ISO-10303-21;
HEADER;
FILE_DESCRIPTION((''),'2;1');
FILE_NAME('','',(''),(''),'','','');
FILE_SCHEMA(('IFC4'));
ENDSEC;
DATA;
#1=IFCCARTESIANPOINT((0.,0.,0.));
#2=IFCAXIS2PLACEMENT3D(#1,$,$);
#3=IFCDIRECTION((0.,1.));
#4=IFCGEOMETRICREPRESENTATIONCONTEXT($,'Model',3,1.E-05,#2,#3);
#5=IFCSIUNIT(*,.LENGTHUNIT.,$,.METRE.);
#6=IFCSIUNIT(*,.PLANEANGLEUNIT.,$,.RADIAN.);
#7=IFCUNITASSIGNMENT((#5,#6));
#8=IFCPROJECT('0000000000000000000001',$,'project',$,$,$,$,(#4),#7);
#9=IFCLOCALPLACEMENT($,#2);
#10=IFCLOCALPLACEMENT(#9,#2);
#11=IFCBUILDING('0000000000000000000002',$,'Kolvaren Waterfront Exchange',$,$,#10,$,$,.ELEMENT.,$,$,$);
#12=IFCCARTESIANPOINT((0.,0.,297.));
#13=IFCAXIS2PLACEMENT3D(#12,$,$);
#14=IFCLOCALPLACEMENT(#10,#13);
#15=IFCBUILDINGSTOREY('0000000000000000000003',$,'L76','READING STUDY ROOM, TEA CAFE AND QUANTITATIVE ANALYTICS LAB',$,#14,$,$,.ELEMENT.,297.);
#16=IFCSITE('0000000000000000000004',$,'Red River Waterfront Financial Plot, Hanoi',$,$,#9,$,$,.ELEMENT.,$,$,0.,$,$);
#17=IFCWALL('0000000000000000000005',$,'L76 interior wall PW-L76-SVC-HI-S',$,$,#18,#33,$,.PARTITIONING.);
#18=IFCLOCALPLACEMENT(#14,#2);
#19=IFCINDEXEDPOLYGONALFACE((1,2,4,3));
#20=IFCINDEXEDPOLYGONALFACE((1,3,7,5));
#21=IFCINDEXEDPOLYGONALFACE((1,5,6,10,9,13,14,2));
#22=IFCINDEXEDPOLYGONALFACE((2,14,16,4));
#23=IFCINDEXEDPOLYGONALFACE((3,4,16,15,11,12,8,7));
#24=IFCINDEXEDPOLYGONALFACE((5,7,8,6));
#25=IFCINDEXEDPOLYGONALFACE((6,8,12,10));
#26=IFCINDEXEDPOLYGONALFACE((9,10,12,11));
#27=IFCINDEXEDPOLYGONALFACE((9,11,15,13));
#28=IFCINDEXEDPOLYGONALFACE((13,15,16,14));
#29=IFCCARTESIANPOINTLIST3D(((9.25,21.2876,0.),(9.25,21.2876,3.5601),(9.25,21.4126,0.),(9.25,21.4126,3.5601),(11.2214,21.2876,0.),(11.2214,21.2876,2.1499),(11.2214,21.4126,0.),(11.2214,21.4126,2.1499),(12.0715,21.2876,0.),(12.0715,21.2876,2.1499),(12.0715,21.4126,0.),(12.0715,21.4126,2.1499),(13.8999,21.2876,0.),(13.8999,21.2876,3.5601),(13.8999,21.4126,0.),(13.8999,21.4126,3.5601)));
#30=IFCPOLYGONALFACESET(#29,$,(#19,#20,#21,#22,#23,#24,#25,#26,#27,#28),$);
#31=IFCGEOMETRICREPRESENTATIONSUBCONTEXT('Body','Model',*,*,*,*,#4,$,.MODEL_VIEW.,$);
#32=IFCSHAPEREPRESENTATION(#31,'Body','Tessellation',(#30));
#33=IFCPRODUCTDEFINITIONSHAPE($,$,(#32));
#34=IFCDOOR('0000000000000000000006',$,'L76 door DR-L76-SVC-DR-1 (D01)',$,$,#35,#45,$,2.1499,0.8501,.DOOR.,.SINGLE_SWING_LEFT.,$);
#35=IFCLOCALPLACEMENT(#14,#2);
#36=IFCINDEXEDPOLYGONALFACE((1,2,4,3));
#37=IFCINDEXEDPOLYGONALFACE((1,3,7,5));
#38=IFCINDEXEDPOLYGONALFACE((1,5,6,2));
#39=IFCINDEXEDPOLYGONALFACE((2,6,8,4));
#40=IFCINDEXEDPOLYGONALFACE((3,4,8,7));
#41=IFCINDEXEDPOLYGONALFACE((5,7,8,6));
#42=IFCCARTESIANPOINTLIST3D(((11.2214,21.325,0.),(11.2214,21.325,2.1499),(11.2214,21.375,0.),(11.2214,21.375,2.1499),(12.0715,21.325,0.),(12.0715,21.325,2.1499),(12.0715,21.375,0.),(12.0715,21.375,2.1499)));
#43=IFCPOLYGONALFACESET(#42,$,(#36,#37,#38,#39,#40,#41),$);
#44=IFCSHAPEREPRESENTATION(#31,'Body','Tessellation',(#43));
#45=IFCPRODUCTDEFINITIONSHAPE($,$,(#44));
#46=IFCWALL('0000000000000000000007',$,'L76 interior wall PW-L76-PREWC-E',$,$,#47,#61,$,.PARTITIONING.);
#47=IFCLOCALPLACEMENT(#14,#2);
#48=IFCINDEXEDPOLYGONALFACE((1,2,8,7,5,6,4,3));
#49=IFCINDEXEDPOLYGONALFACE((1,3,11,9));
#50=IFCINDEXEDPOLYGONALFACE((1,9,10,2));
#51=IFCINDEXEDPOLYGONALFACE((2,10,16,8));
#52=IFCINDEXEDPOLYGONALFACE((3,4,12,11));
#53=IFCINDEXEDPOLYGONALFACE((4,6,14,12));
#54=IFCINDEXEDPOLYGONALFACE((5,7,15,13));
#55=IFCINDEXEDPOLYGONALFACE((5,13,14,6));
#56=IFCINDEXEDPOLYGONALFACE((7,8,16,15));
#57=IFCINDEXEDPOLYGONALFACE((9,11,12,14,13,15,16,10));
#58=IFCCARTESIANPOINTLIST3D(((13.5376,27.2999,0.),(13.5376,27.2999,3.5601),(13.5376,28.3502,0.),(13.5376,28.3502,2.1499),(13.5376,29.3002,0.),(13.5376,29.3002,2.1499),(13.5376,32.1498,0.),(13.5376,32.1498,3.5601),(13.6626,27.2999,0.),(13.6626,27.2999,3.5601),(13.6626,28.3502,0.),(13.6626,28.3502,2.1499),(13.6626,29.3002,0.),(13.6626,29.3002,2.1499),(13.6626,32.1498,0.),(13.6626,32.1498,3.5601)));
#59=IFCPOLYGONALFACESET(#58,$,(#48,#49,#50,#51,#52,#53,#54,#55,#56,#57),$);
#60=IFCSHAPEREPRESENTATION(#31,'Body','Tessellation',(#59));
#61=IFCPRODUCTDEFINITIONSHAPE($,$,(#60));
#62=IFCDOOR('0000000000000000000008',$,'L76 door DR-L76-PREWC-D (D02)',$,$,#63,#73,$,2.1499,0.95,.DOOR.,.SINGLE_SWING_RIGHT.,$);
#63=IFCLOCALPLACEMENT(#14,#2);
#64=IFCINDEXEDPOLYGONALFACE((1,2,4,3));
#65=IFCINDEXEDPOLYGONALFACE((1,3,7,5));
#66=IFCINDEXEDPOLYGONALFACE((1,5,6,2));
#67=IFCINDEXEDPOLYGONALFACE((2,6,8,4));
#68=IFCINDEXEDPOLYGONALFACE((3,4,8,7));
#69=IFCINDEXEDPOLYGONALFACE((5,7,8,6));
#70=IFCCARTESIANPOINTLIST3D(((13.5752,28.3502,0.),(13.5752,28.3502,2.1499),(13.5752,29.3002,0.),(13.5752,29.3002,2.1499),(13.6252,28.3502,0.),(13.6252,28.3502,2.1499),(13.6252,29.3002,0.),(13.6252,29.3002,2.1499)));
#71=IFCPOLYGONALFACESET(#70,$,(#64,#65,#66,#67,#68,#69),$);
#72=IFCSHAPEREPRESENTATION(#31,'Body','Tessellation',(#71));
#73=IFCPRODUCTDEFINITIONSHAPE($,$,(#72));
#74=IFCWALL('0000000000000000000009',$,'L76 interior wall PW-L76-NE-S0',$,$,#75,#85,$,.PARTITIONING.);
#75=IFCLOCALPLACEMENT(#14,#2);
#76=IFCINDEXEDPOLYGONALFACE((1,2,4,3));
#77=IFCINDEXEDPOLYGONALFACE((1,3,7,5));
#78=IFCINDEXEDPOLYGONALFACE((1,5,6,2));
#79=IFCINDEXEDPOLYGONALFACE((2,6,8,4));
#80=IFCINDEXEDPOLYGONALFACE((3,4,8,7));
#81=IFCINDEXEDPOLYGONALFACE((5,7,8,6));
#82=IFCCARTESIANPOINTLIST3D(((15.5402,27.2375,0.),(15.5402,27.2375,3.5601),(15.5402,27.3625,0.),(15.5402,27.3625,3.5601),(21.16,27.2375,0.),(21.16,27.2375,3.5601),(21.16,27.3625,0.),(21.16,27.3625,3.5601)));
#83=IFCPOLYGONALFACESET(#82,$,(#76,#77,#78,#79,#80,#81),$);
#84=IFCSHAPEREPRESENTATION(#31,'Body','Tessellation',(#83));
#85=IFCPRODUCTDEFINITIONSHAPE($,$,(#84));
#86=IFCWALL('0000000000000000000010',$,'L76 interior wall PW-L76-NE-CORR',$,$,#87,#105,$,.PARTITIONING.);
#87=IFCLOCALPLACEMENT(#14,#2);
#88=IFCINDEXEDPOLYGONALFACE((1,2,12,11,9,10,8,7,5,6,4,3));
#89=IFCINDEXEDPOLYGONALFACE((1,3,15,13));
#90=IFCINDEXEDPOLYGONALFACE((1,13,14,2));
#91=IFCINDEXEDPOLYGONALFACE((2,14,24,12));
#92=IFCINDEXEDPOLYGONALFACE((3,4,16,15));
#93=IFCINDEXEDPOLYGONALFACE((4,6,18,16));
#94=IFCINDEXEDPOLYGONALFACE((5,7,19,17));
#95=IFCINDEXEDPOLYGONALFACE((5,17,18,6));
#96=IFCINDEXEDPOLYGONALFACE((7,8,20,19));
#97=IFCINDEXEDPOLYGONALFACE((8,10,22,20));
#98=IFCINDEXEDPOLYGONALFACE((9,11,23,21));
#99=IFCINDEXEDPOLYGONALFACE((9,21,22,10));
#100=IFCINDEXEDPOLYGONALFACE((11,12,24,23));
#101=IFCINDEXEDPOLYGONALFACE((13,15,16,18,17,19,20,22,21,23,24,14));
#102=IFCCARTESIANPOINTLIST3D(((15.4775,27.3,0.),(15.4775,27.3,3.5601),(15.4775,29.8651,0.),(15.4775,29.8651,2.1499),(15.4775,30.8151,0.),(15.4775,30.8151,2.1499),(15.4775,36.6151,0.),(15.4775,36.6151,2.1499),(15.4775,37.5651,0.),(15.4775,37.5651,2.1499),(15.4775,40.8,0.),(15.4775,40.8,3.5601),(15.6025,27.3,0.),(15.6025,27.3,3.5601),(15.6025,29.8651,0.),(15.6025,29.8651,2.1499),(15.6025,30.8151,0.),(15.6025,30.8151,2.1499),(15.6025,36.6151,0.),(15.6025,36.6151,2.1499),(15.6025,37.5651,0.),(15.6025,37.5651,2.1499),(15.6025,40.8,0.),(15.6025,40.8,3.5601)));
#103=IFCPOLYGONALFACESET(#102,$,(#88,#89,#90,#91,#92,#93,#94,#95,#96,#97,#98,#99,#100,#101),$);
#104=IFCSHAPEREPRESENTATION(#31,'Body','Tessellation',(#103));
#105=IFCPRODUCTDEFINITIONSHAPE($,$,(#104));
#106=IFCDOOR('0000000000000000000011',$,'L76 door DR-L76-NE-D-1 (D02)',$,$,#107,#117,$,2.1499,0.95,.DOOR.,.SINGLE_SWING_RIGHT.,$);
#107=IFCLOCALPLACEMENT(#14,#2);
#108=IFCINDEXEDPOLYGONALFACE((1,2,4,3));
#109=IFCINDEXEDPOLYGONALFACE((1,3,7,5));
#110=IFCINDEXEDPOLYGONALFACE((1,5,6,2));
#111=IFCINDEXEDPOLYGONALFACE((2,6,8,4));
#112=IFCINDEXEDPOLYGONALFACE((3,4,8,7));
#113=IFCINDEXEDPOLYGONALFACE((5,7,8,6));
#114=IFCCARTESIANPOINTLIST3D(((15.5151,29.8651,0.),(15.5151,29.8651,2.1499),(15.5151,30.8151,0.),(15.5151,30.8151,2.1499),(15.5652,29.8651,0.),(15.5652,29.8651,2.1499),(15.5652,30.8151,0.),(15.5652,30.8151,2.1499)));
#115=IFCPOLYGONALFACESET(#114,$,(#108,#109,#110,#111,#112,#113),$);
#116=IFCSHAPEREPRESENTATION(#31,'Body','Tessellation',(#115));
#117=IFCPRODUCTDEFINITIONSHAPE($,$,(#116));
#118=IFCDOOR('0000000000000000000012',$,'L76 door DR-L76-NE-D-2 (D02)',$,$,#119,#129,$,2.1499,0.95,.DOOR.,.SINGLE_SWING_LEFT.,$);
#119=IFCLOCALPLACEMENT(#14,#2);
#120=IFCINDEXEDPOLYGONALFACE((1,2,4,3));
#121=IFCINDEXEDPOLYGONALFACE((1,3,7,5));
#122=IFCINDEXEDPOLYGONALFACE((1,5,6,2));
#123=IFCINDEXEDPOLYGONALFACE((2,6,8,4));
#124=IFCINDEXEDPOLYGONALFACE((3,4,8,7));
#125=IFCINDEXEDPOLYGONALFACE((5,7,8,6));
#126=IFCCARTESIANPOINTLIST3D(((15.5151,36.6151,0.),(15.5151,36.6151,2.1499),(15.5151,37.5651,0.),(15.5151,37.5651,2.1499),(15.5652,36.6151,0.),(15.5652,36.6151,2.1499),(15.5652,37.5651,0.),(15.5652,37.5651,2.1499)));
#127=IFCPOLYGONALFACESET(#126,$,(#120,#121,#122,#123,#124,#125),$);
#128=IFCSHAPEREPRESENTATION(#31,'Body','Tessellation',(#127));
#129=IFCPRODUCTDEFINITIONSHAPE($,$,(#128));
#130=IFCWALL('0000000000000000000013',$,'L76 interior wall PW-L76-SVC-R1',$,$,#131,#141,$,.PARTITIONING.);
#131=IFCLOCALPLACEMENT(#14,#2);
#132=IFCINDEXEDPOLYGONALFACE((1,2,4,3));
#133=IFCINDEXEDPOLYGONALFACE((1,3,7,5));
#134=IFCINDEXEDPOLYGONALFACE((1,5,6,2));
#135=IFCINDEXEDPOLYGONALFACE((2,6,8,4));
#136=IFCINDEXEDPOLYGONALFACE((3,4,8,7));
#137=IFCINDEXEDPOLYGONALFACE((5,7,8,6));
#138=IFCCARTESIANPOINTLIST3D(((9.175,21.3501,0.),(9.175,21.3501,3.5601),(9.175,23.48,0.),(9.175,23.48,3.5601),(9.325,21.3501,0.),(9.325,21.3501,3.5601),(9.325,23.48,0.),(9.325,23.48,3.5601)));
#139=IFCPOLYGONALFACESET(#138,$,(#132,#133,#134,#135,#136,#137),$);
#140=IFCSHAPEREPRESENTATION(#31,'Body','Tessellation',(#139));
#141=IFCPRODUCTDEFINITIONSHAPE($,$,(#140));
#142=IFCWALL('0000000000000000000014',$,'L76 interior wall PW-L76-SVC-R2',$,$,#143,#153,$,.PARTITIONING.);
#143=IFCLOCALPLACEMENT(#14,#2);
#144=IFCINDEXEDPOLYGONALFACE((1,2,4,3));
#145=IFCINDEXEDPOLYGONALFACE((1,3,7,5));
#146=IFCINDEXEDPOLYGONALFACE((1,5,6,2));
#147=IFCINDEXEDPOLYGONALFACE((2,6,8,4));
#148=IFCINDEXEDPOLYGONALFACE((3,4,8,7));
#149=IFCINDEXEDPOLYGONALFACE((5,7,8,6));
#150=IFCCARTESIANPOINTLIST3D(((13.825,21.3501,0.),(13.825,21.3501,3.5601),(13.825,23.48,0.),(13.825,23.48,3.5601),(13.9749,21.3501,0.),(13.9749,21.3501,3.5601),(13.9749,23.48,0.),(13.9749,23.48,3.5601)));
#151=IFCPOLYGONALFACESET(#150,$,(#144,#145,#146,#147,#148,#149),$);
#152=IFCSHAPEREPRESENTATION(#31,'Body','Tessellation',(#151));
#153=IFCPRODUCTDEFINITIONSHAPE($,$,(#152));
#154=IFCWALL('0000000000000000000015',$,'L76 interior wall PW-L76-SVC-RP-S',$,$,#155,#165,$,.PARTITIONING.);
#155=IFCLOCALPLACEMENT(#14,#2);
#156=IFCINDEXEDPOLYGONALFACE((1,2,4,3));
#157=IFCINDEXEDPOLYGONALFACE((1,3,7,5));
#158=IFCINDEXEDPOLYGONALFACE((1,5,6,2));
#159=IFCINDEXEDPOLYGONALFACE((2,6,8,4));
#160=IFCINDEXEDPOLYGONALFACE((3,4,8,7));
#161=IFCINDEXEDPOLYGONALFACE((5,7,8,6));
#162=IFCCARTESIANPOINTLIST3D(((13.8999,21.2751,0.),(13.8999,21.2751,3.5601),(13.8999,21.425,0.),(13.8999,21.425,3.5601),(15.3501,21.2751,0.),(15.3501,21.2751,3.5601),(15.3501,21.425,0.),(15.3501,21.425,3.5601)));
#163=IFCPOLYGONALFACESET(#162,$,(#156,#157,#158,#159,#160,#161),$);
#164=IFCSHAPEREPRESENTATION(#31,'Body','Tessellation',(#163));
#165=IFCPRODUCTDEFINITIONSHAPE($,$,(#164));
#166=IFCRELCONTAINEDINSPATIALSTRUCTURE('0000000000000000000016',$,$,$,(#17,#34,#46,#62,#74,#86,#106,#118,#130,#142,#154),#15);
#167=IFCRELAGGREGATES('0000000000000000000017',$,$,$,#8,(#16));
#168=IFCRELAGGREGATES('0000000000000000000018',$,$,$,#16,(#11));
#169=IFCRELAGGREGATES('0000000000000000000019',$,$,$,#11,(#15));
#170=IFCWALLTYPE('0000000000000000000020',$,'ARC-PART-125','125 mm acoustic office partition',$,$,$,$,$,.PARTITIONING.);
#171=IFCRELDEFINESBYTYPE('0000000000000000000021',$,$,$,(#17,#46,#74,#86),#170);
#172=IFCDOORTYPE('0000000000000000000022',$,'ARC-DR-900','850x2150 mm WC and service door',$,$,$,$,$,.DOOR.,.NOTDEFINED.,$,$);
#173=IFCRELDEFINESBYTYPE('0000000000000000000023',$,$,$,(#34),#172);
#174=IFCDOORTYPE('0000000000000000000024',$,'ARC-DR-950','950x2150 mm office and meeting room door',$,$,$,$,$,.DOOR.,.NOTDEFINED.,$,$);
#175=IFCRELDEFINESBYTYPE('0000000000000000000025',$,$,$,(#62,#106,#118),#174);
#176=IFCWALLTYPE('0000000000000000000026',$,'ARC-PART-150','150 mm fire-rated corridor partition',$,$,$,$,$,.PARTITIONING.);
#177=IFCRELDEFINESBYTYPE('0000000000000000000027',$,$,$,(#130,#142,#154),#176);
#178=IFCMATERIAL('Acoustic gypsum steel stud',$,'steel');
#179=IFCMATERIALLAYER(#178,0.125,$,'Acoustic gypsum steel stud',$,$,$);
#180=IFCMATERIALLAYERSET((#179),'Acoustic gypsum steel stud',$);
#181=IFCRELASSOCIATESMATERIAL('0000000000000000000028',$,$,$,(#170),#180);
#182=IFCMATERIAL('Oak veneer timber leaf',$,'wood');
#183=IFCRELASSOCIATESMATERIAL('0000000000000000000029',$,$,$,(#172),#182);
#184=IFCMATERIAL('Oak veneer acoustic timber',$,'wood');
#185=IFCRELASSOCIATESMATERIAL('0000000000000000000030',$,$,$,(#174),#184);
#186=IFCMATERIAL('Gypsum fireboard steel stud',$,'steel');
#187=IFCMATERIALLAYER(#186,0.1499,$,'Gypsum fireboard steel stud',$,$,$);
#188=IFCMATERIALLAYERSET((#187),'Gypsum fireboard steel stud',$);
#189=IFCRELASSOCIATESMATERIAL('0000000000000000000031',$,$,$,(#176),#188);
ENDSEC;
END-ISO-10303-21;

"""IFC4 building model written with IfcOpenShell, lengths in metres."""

from ifc_helpers import new_model, si_unit, direction, frame, frame_2d, origin, place, context, subcontext, project, spatial, rectangle, extrude, material, layer, layer_set, type_object, element, fill, save


model = new_model("IFC4")

# Units and contexts
model_context = context("Model", 3, precision=1e-05, world=origin(), true_north=direction((0.0, 1.0)))
body_context = subcontext(model_context, "Body", "Model", "MODEL_VIEW")
ifc_project = project(units=[si_unit("LENGTHUNIT", "METRE"), si_unit("PLANEANGLEUNIT", "RADIAN")], contexts=[model_context])

# Site, building, storey
site_placement = place(None, origin())
site = spatial("IfcSite", under=ifc_project, at=site_placement, Name="Red River Waterfront Financial Plot, Hanoi", CompositionType="ELEMENT", RefElevation=0.0)
building_placement = place(site_placement, origin())
building = spatial("IfcBuilding", under=site, at=building_placement, Name="Kolvaren Waterfront Exchange", CompositionType="ELEMENT")
storey_placement = place(building_placement, frame((0.0, 0.0, 297.0)))
storey = spatial("IfcBuildingStorey", under=building, at=storey_placement, Name="L76", Description="READING STUDY ROOM, TEA CAFE AND QUANTITATIVE ANALYTICS LAB", CompositionType="ELEMENT", Elevation=297.0)

# Walls, openings, doors
ifc_material_1 = material(Name="Acoustic gypsum steel stud", Category="steel")
ifc_layer_1 = layer(ifc_material_1, 0.125, Name="Acoustic gypsum steel stud")
ifc_layer_set_1 = layer_set([ifc_layer_1], Name="Acoustic gypsum steel stud")
wall_type_1 = type_object("IfcWallType", Name="ARC-PART-125", Description="125 mm acoustic office partition", PredefinedType="PARTITIONING", material=ifc_layer_set_1)
wall_1_placement = place(storey_placement, frame((9.25, 21.3501, 0.0), z_axis=(0.0, 0.0, 1.0), x_axis=(1.0, 0.0, 0.0)))
wall_1 = element("IfcWall", 1, at=wall_1_placement, inside=storey, type_object=wall_type_1, Name="L76 interior wall PW-L76-SVC-HI-S", PredefinedType="PARTITIONING", context=body_context, shape_type="SweptSolid", body=[
    extrude(rectangle(XDim=4.6499, YDim=0.125, at=frame_2d((2.325, 0.0))), origin(), (0.0, 0.0, 1.0), 3.5601),
])
opening_1_placement = place(wall_1_placement, frame((1.9714, 0.0, 0.0)))
opening_1 = element("IfcOpeningElement", 2, at=opening_1_placement, cuts=wall_1, PredefinedType="OPENING", context=body_context, shape_type="SweptSolid", body=[
    extrude(rectangle(XDim=0.8501, YDim=2.1499, at=frame_2d((0.425, 1.075))), frame((0.0, 0.0725, 0.0), z_axis=(0.0, -1.0, 0.0), x_axis=(1.0, 0.0, 0.0)), (0.0, 0.0, 1.0), 0.145),
])
ifc_material_2 = material(Name="Oak veneer timber leaf", Category="wood")
door_type_1 = type_object("IfcDoorType", Name="ARC-DR-900", Description="850x2150 mm WC and service door", OperationType="NOTDEFINED", PredefinedType="DOOR", material=ifc_material_2)
door_1_placement = place(opening_1_placement, origin())
door_1 = element("IfcDoor", 3, at=door_1_placement, inside=storey, type_object=door_type_1, Name="L76 door DR-L76-SVC-DR-1 (D01)", OperationType="SINGLE_SWING_LEFT", OverallHeight=2.1499, OverallWidth=0.8501, PredefinedType="DOOR", context=body_context, shape_type="SweptSolid", body=[
    extrude(rectangle(XDim=0.8501, YDim=2.1499, at=frame_2d((0.425, 1.075))), frame((0.0, 0.0249, 0.0), z_axis=(0.0, -1.0, 0.0), x_axis=(1.0, 0.0, 0.0)), (0.0, 0.0, 1.0), 0.05),
])
fill(opening_1, door_1)
wall_2_placement = place(storey_placement, frame((13.6001, 27.3, 0.0), z_axis=(0.0, 0.0, 1.0), x_axis=(0.0, 1.0, 0.0)))
wall_2 = element("IfcWall", 4, at=wall_2_placement, inside=storey, type_object=wall_type_1, Name="L76 interior wall PW-L76-PREWC-E", PredefinedType="PARTITIONING", context=body_context, shape_type="SweptSolid", body=[
    extrude(rectangle(XDim=4.8499, YDim=0.125, at=frame_2d((2.4248, 0.0))), origin(), (0.0, 0.0, 1.0), 3.5601),
])
opening_2_placement = place(wall_2_placement, frame((1.05, 0.0, 0.0)))
opening_2 = element("IfcOpeningElement", 5, at=opening_2_placement, cuts=wall_2, PredefinedType="OPENING", context=body_context, shape_type="SweptSolid", body=[
    extrude(rectangle(XDim=0.95, YDim=2.1499, at=frame_2d((0.4751, 1.075))), frame((0.0, 0.0725, 0.0), z_axis=(0.0, -1.0, 0.0), x_axis=(1.0, 0.0, 0.0)), (0.0, 0.0, 1.0), 0.145),
])
ifc_material_3 = material(Name="Oak veneer acoustic timber", Category="wood")
door_type_2 = type_object("IfcDoorType", Name="ARC-DR-950", Description="950x2150 mm office and meeting room door", OperationType="NOTDEFINED", PredefinedType="DOOR", material=ifc_material_3)
door_2_placement = place(opening_2_placement, origin())
door_2 = element("IfcDoor", 6, at=door_2_placement, inside=storey, type_object=door_type_2, Name="L76 door DR-L76-PREWC-D (D02)", OperationType="SINGLE_SWING_RIGHT", OverallHeight=2.1499, OverallWidth=0.95, PredefinedType="DOOR", context=body_context, shape_type="SweptSolid", body=[
    extrude(rectangle(XDim=0.95, YDim=2.1499, at=frame_2d((0.4751, 1.075))), frame((0.0, 0.0249, 0.0), z_axis=(0.0, -1.0, 0.0), x_axis=(1.0, 0.0, 0.0)), (0.0, 0.0, 1.0), 0.05),
])
fill(opening_2, door_2)

# Wall
wall_3_placement = place(storey_placement, frame((15.54, 27.3, 0.0), z_axis=(0.0, 0.0, 1.0), x_axis=(1.0, 0.0, 0.0)))
element("IfcWall", 7, at=wall_3_placement, inside=storey, type_object=wall_type_1, Name="L76 interior wall PW-L76-NE-S0", PredefinedType="PARTITIONING", context=body_context, shape_type="SweptSolid", body=[
    extrude(rectangle(XDim=5.6199, YDim=0.125, at=frame_2d((2.8101, 0.0))), origin(), (0.0, 0.0, 1.0), 3.5601),
])

# Wall, openings, doors
wall_4_placement = place(storey_placement, frame((15.54, 27.3, 0.0), z_axis=(0.0, 0.0, 1.0), x_axis=(0.0, 1.0, 0.0)))
wall_4 = element("IfcWall", 8, at=wall_4_placement, inside=storey, type_object=wall_type_1, Name="L76 interior wall PW-L76-NE-CORR", PredefinedType="PARTITIONING", context=body_context, shape_type="SweptSolid", body=[
    extrude(rectangle(XDim=13.5, YDim=0.125, at=frame_2d((6.75, 0.0))), origin(), (0.0, 0.0, 1.0), 3.5601),
])
opening_3_placement = place(wall_4_placement, frame((2.5649, 0.0, 0.0)))
opening_3 = element("IfcOpeningElement", 9, at=opening_3_placement, cuts=wall_4, PredefinedType="OPENING", context=body_context, shape_type="SweptSolid", body=[
    extrude(rectangle(XDim=0.95, YDim=2.1499, at=frame_2d((0.4751, 1.075))), frame((0.0, 0.0725, 0.0), z_axis=(0.0, -1.0, 0.0), x_axis=(1.0, 0.0, 0.0)), (0.0, 0.0, 1.0), 0.145),
])
opening_4_placement = place(wall_4_placement, frame((9.3149, 0.0, 0.0)))
opening_4 = element("IfcOpeningElement", 10, at=opening_4_placement, cuts=wall_4, PredefinedType="OPENING", context=body_context, shape_type="SweptSolid", body=[
    extrude(rectangle(XDim=0.95, YDim=2.1499, at=frame_2d((0.4751, 1.075))), frame((0.0, 0.0725, 0.0), z_axis=(0.0, -1.0, 0.0), x_axis=(1.0, 0.0, 0.0)), (0.0, 0.0, 1.0), 0.145),
])
door_3_placement = place(opening_3_placement, origin())
door_3 = element("IfcDoor", 11, at=door_3_placement, inside=storey, type_object=door_type_2, Name="L76 door DR-L76-NE-D-1 (D02)", OperationType="SINGLE_SWING_RIGHT", OverallHeight=2.1499, OverallWidth=0.95, PredefinedType="DOOR", context=body_context, shape_type="SweptSolid", body=[
    extrude(rectangle(XDim=0.95, YDim=2.1499, at=frame_2d((0.4751, 1.075))), frame((0.0, 0.0249, 0.0), z_axis=(0.0, -1.0, 0.0), x_axis=(1.0, 0.0, 0.0)), (0.0, 0.0, 1.0), 0.05),
])
fill(opening_3, door_3)
door_4_placement = place(opening_4_placement, origin())
door_4 = element("IfcDoor", 12, at=door_4_placement, inside=storey, type_object=door_type_2, Name="L76 door DR-L76-NE-D-2 (D02)", OperationType="SINGLE_SWING_LEFT", OverallHeight=2.1499, OverallWidth=0.95, PredefinedType="DOOR", context=body_context, shape_type="SweptSolid", body=[
    extrude(rectangle(XDim=0.95, YDim=2.1499, at=frame_2d((0.4751, 1.075))), frame((0.0, 0.0249, 0.0), z_axis=(0.0, -1.0, 0.0), x_axis=(1.0, 0.0, 0.0)), (0.0, 0.0, 1.0), 0.05),
])
fill(opening_4, door_4)

# Walls
ifc_material_4 = material(Name="Gypsum fireboard steel stud", Category="steel")
ifc_layer_2 = layer(ifc_material_4, 0.1499, Name="Gypsum fireboard steel stud")
ifc_layer_set_2 = layer_set([ifc_layer_2], Name="Gypsum fireboard steel stud")
wall_type_2 = type_object("IfcWallType", Name="ARC-PART-150", Description="150 mm fire-rated corridor partition", PredefinedType="PARTITIONING", material=ifc_layer_set_2)
for number, where, z_axis, x_axis, name in (
    (13, (9.25, 21.3501, 0.0), (0.0, 0.0, 1.0), (0.0, 1.0, 0.0), "L76 interior wall PW-L76-SVC-R1"),
    (14, (13.8999, 21.3501, 0.0), (0.0, 0.0, 1.0), (0.0, 1.0, 0.0), "L76 interior wall PW-L76-SVC-R2"),
):
    element("IfcWall", number, at=place(storey_placement, frame(where, z_axis=z_axis, x_axis=x_axis)), inside=storey, type_object=wall_type_2, Name=name, PredefinedType="PARTITIONING", context=body_context, shape_type="SweptSolid", body=[
        extrude(rectangle(XDim=2.1299, YDim=0.1499, at=frame_2d((1.0649, 0.0))), origin(), (0.0, 0.0, 1.0), 3.5601),
    ])
wall_5_placement = place(storey_placement, frame((13.8999, 21.3501, 0.0), z_axis=(0.0, 0.0, 1.0), x_axis=(1.0, 0.0, 0.0)))
element("IfcWall", 15, at=wall_5_placement, inside=storey, type_object=wall_type_2, Name="L76 interior wall PW-L76-SVC-RP-S", PredefinedType="PARTITIONING", context=body_context, shape_type="SweptSolid", body=[
    extrude(rectangle(XDim=1.4502, YDim=0.1499, at=frame_2d((0.7251, 0.0))), origin(), (0.0, 0.0, 1.0), 3.5601),
])

save(model, "model.ifc")
